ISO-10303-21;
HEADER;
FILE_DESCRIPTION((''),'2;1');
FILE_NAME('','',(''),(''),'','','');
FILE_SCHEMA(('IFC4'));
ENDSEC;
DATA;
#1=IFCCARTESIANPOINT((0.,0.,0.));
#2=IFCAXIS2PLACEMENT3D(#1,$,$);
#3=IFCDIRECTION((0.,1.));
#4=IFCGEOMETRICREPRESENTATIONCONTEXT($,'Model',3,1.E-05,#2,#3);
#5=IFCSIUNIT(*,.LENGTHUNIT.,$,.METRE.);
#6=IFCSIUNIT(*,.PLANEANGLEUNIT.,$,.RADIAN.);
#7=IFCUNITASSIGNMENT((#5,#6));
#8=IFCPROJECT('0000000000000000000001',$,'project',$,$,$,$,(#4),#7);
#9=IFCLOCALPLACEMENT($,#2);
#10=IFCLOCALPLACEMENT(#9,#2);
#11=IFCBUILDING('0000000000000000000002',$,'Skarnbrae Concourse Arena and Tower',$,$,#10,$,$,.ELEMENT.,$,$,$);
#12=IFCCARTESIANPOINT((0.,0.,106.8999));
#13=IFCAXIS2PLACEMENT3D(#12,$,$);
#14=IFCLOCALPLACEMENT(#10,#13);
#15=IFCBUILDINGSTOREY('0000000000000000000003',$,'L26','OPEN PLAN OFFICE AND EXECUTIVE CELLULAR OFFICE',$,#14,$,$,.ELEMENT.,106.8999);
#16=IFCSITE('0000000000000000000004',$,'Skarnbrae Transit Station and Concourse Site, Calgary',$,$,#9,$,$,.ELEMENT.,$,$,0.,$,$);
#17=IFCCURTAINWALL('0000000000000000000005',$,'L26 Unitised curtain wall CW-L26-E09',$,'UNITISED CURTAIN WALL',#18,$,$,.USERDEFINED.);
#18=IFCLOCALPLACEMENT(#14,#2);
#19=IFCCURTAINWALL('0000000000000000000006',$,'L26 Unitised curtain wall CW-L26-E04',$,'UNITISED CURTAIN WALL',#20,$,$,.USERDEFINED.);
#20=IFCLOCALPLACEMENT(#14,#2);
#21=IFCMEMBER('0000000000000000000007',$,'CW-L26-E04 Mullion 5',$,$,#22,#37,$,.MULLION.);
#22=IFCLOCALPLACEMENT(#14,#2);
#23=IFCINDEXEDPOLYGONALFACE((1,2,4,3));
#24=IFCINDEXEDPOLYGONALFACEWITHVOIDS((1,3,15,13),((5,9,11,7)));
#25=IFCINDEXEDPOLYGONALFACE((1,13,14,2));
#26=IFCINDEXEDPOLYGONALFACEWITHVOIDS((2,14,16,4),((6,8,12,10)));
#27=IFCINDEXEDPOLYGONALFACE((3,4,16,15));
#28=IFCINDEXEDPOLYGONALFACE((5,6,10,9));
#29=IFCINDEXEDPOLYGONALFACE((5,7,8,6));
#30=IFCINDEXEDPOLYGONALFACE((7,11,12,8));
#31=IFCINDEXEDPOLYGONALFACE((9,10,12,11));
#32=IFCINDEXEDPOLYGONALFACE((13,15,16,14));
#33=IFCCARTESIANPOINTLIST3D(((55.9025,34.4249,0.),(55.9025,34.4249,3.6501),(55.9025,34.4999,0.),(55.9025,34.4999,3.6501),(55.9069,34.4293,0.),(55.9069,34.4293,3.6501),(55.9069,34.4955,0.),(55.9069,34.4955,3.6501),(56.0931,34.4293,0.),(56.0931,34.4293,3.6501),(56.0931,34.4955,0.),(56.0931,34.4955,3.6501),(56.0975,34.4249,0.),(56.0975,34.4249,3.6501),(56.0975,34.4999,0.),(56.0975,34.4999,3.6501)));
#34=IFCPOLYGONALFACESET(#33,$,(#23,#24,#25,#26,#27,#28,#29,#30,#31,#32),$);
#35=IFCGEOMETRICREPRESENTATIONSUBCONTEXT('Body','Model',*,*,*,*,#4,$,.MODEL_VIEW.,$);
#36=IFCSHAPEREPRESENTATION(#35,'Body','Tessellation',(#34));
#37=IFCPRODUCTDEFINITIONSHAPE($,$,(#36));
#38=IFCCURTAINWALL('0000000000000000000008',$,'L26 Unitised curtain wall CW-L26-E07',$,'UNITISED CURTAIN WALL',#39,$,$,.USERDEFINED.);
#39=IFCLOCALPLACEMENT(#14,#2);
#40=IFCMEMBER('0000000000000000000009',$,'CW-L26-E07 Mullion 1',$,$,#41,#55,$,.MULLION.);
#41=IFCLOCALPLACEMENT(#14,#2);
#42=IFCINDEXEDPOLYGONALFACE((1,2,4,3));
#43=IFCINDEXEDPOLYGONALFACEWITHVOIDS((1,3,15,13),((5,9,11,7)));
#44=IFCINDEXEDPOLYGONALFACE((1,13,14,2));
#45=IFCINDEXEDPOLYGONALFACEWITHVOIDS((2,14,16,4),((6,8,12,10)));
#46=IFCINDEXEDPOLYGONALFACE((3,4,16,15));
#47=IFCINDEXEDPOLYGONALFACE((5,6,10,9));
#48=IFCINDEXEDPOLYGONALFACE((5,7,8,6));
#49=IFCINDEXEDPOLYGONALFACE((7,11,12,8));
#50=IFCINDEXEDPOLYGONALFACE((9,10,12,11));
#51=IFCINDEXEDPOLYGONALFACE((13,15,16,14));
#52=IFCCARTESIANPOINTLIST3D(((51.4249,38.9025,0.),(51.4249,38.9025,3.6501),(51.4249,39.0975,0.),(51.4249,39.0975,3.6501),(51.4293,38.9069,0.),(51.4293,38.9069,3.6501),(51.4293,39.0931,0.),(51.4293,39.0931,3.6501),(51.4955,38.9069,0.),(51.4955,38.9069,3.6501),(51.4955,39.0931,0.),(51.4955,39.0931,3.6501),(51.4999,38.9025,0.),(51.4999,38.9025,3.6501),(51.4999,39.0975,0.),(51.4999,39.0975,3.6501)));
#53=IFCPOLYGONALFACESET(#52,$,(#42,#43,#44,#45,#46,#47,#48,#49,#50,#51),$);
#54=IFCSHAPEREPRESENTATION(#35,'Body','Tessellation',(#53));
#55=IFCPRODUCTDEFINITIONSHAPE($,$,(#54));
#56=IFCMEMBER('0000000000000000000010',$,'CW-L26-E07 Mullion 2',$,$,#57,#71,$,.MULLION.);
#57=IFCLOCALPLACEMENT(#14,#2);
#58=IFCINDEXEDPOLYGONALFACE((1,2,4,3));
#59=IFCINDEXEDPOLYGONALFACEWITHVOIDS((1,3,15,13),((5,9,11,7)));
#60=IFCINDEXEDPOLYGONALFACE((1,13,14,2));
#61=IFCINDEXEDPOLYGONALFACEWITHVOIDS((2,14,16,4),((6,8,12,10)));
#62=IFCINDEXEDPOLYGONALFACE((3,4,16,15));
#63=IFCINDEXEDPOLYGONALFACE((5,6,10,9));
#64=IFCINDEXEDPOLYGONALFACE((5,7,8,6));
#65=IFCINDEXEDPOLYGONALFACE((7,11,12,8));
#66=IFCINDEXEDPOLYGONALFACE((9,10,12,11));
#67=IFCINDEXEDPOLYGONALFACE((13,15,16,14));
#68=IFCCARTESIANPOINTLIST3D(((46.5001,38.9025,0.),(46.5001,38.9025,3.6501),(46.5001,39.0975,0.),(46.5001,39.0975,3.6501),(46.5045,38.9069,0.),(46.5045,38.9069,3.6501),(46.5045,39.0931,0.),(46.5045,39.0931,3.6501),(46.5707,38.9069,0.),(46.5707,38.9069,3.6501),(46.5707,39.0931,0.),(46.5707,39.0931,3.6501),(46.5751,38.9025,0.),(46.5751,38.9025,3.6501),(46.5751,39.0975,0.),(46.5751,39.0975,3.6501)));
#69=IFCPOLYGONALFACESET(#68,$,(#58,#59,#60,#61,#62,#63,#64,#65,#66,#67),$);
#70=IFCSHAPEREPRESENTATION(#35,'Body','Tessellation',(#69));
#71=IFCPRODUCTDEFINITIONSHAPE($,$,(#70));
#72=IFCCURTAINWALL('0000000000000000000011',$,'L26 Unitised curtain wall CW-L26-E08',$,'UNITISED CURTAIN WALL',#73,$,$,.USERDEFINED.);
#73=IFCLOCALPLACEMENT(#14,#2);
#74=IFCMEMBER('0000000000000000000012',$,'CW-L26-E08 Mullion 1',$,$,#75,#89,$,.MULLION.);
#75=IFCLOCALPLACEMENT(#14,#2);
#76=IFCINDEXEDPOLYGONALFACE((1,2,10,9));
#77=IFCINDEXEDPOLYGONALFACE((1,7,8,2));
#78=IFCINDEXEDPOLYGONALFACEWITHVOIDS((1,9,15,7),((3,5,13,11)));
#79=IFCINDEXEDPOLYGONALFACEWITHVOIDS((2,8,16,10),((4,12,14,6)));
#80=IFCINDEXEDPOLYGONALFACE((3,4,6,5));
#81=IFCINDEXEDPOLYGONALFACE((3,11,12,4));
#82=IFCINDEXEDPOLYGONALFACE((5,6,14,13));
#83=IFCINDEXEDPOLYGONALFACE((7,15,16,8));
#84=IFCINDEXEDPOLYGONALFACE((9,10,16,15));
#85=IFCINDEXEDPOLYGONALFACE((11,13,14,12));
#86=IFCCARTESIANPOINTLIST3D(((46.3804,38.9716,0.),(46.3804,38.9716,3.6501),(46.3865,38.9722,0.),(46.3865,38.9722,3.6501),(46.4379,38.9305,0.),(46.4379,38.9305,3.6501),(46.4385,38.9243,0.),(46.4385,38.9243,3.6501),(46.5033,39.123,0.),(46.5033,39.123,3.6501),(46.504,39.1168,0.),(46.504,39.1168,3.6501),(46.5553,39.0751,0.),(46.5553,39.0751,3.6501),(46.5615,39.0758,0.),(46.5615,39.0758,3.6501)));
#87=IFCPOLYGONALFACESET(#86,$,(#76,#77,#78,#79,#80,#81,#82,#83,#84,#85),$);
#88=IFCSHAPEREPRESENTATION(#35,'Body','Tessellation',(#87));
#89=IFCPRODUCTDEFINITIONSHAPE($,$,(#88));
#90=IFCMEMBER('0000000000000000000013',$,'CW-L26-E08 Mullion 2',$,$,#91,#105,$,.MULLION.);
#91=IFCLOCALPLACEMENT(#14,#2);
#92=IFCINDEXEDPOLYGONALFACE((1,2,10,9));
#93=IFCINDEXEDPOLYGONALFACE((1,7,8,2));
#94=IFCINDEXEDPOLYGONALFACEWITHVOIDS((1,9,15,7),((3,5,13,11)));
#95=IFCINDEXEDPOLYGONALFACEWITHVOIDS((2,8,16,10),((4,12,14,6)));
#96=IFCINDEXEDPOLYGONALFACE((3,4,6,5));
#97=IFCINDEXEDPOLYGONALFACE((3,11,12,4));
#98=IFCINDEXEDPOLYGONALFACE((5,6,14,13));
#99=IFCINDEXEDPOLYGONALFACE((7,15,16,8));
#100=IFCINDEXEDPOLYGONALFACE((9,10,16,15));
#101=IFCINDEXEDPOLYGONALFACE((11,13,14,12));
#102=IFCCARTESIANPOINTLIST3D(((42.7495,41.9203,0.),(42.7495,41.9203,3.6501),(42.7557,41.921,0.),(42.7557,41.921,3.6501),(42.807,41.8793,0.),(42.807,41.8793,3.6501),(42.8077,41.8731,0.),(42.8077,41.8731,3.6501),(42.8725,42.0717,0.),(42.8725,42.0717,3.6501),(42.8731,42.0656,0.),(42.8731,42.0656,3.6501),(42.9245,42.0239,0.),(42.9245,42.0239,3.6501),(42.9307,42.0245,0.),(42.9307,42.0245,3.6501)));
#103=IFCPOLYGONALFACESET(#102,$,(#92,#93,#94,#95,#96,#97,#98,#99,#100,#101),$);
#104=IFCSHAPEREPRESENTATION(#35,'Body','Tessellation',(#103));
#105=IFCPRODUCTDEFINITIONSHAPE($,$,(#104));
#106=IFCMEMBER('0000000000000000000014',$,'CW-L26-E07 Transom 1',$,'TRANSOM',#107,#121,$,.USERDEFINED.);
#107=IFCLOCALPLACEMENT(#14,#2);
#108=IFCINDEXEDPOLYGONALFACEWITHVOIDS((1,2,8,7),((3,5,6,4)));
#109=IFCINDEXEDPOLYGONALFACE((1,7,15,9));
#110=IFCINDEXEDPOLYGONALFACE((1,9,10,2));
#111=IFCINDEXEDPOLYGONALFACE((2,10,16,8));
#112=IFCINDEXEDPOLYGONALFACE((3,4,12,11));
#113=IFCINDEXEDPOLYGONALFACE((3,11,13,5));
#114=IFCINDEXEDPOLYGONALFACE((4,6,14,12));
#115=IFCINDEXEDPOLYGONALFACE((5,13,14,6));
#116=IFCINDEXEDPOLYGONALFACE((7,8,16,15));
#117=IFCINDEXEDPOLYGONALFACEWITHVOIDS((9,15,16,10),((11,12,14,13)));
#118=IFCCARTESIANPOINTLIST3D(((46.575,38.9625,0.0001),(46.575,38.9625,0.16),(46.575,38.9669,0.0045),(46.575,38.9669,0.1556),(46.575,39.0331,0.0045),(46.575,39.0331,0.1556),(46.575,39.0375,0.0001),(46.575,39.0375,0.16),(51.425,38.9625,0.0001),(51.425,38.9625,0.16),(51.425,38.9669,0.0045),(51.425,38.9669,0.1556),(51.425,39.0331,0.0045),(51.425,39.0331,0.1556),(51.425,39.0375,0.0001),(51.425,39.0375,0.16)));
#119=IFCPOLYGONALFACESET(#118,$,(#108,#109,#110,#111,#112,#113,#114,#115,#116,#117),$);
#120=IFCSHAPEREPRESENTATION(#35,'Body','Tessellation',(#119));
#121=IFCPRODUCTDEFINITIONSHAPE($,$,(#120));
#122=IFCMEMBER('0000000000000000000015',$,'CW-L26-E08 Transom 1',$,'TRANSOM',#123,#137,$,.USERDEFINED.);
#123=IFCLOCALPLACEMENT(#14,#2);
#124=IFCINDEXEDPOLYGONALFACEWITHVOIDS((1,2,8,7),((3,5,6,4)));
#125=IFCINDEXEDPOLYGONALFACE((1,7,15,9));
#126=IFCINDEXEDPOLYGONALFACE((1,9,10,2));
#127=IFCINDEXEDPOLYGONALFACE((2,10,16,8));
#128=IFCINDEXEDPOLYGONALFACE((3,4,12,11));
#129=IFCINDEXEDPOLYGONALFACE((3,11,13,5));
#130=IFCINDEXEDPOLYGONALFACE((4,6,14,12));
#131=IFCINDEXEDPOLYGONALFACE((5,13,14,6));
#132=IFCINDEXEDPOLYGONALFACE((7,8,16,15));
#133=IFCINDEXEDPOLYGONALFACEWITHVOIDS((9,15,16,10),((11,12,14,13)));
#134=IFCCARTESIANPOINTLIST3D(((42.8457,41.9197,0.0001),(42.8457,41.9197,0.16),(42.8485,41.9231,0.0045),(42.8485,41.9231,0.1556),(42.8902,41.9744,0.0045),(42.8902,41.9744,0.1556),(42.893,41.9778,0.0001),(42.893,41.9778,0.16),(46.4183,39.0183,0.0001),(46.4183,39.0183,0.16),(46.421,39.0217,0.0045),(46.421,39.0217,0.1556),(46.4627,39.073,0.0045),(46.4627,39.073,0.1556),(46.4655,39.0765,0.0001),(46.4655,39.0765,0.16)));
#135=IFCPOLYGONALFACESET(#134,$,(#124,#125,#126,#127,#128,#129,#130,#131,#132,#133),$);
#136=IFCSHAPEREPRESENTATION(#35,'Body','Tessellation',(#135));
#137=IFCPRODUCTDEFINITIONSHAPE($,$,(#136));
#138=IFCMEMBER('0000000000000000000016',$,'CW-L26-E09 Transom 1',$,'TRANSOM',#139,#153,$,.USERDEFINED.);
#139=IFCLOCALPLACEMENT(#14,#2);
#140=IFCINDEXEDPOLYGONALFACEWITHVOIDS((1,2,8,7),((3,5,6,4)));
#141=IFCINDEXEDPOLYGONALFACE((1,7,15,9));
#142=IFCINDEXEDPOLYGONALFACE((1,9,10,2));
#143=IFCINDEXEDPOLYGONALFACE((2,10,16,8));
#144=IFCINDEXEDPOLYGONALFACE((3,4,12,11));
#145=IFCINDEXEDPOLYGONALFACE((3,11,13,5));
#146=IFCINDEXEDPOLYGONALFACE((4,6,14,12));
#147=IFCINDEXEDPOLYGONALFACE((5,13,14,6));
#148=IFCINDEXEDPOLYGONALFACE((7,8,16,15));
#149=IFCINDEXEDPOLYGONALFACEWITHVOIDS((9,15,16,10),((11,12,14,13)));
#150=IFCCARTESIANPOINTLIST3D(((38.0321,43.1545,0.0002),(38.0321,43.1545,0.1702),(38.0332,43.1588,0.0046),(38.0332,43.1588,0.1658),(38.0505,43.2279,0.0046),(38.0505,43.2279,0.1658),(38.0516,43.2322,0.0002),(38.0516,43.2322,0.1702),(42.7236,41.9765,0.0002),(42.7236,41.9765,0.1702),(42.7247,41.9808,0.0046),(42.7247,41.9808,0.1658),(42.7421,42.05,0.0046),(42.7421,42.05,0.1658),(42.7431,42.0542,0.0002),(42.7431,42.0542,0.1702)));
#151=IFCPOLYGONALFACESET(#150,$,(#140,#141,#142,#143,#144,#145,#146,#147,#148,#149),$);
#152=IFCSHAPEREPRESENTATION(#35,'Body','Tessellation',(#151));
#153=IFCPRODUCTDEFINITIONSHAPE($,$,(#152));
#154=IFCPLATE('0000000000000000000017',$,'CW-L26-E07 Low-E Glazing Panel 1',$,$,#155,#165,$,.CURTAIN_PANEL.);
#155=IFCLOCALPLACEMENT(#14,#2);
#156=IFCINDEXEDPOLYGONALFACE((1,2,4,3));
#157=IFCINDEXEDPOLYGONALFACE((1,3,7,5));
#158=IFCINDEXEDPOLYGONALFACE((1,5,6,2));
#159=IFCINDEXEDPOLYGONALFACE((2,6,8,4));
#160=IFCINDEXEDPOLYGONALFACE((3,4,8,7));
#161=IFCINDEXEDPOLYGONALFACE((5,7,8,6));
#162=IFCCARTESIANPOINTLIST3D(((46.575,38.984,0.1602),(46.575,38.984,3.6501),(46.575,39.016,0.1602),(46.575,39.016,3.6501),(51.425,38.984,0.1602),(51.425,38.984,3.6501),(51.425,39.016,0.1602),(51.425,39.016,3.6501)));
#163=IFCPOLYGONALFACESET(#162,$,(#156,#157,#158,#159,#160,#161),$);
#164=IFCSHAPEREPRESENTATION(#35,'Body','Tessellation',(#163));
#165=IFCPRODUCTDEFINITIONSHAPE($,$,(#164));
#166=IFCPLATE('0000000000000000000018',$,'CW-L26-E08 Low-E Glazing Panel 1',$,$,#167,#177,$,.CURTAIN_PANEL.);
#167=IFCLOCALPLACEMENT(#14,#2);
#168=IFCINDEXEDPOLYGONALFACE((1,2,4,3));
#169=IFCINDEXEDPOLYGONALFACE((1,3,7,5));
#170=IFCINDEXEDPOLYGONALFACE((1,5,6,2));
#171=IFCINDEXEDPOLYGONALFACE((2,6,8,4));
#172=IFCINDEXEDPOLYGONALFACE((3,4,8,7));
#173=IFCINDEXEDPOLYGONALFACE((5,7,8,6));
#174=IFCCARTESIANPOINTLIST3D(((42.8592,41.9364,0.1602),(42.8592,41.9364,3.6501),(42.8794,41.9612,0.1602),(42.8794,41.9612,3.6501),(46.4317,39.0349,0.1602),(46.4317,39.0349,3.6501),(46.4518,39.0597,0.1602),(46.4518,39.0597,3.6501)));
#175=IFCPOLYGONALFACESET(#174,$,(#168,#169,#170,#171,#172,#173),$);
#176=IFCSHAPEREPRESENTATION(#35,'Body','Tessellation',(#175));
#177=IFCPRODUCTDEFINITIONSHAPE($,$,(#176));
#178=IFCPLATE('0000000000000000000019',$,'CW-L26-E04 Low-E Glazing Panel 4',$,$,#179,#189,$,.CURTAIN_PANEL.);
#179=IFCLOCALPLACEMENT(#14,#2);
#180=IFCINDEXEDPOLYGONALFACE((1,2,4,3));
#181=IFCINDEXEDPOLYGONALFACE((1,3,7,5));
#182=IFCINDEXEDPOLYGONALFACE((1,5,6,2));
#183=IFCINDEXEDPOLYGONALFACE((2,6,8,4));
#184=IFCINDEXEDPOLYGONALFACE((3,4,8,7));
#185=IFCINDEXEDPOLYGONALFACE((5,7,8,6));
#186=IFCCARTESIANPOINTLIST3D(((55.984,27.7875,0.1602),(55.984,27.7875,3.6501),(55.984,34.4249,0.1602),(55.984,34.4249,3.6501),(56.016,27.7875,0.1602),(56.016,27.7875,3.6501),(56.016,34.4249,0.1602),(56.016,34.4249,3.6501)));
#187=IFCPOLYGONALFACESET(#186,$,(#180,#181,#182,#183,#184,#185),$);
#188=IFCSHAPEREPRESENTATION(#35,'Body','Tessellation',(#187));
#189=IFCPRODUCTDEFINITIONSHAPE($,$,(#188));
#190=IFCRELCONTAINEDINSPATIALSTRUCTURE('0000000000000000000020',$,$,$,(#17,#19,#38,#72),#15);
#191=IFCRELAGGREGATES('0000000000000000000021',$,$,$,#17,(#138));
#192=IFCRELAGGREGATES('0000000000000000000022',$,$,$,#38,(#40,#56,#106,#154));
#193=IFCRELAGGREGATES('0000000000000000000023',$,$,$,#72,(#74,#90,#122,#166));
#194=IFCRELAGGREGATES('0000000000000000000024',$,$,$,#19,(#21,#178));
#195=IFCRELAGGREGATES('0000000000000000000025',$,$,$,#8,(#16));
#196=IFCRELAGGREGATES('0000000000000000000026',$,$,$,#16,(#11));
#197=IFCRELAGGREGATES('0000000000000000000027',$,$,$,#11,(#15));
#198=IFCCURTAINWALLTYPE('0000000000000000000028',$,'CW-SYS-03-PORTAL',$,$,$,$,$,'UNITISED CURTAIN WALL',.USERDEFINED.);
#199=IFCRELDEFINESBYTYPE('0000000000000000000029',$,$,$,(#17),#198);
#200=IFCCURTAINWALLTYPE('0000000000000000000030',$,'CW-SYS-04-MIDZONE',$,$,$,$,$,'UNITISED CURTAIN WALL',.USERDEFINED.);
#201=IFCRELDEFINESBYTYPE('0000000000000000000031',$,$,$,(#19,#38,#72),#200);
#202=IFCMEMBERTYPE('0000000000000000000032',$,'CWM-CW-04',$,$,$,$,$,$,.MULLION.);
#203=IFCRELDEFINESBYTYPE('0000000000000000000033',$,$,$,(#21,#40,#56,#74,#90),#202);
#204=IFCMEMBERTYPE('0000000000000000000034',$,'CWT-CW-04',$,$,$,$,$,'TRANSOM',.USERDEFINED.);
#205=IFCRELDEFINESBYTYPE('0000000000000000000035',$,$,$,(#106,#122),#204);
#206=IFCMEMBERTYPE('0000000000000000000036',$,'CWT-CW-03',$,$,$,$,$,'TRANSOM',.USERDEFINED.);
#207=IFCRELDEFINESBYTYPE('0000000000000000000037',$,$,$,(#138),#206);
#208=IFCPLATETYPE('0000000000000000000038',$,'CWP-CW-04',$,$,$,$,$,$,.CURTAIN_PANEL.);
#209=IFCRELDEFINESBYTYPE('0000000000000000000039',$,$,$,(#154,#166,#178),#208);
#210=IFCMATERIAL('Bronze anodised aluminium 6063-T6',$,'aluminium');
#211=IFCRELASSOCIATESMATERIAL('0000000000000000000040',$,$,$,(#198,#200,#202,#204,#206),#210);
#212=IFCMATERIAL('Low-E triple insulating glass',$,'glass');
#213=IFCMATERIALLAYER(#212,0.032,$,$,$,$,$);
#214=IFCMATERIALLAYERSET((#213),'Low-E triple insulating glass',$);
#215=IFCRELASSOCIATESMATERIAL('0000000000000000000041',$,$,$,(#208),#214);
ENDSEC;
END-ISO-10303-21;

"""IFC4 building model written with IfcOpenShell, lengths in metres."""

from ifc_helpers import new_model, si_unit, direction, frame, origin, origin_2d, place, context, subcontext, project, spatial, rectangle, hollow_rectangle, extrude, source, transform, mapped, material, layer, layer_set, material_profile, profile_set, type_object, element, aggregate, save


model = new_model("IFC4")

# Units and contexts
model_context = context("Model", 3, precision=1e-05, world=origin(), true_north=direction((0.0, 1.0)))
body_context = subcontext(model_context, "Body", "Model", "MODEL_VIEW")
ifc_project = project(units=[si_unit("LENGTHUNIT", "METRE"), si_unit("PLANEANGLEUNIT", "RADIAN")], contexts=[model_context])

# Site, building, storey
site_placement = place(None, origin())
site = spatial("IfcSite", under=ifc_project, at=site_placement, Name="Skarnbrae Transit Station and Concourse Site, Calgary", CompositionType="ELEMENT", RefElevation=0.0)
building_placement = place(site_placement, origin())
building = spatial("IfcBuilding", under=site, at=building_placement, Name="Skarnbrae Concourse Arena and Tower", CompositionType="ELEMENT")
storey_placement = place(building_placement, frame((0.0, 0.0, 106.8999)))
storey = spatial("IfcBuildingStorey", under=building, at=storey_placement, Name="L26", Description="OPEN PLAN OFFICE AND EXECUTIVE CELLULAR OFFICE", CompositionType="ELEMENT", Elevation=106.8999)

# Curtain walls, member
ifc_material_1 = material(Name="Bronze anodised aluminium 6063-T6", Category="aluminium")
curtain_wall_type_1 = type_object("IfcCurtainWallType", Name="CW-SYS-03-PORTAL", ElementType="UNITISED CURTAIN WALL", PredefinedType="USERDEFINED", material=ifc_material_1)
curtain_wall_1_placement = place(storey_placement, origin())
curtain_wall_1 = element("IfcCurtainWall", 1, at=curtain_wall_1_placement, inside=storey, type_object=curtain_wall_type_1, Name="L26 Unitised curtain wall CW-L26-E09", ObjectType="UNITISED CURTAIN WALL", PredefinedType="USERDEFINED")
curtain_wall_type_2 = type_object("IfcCurtainWallType", Name="CW-SYS-04-MIDZONE", ElementType="UNITISED CURTAIN WALL", PredefinedType="USERDEFINED", material=ifc_material_1)
curtain_wall_2_placement = place(storey_placement, origin())
curtain_wall_2 = element("IfcCurtainWall", 2, at=curtain_wall_2_placement, inside=storey, type_object=curtain_wall_type_2, Name="L26 Unitised curtain wall CW-L26-E04", ObjectType="UNITISED CURTAIN WALL", PredefinedType="USERDEFINED")
ifc_material_profile_1 = material_profile(ifc_material_1, hollow_rectangle(XDim=0.075, YDim=0.1951, WallThickness=0.0044, at=origin_2d()), Name="ALU-MULL-75X195")
ifc_profile_set_1 = profile_set([ifc_material_profile_1], Name="Bronze anodised aluminium 6063-T6")
member_type_1 = type_object("IfcMemberType", Name="CWM-CW-04", PredefinedType="MULLION", material=ifc_profile_set_1)
shared_shape_1 = source(origin(), body_context, "Body", "SweptSolid", [
    extrude(hollow_rectangle(XDim=0.075, YDim=0.1951, WallThickness=0.0044, at=origin_2d()), origin(), (0.0, 0.0, 1.0), 3.6501),
])
member_1_placement = place(storey_placement, frame((56.0, 34.4624, 0.0), z_axis=(0.0, 0.0, 1.0), x_axis=(0.0, 1.0, 0.0)))
member_1 = element("IfcMember", 3, at=member_1_placement, type_object=member_type_1, Name="CW-L26-E04 Mullion 5", PredefinedType="MULLION", context=body_context, shape_type="MappedRepresentation", body=[
    mapped(shared_shape_1, transform((0.0, 0.0, 0.0))),
])

# Curtain walls, members
curtain_wall_3_placement = place(storey_placement, origin())
curtain_wall_3 = element("IfcCurtainWall", 4, at=curtain_wall_3_placement, inside=storey, type_object=curtain_wall_type_2, Name="L26 Unitised curtain wall CW-L26-E07", ObjectType="UNITISED CURTAIN WALL", PredefinedType="USERDEFINED")
member_2_placement = place(storey_placement, frame((51.4624, 39.0, 0.0), z_axis=(0.0, 0.0, 1.0), x_axis=(-1.0, 0.0, 0.0)))
member_2 = element("IfcMember", 5, at=member_2_placement, type_object=member_type_1, Name="CW-L26-E07 Mullion 1", PredefinedType="MULLION", context=body_context, shape_type="MappedRepresentation", body=[
    mapped(shared_shape_1, transform((0.0, 0.0, 0.0))),
])
member_3_placement = place(storey_placement, frame((46.5376, 39.0, 0.0), z_axis=(0.0, 0.0, 1.0), x_axis=(-1.0, 0.0, 0.0)))
member_3 = element("IfcMember", 6, at=member_3_placement, type_object=member_type_1, Name="CW-L26-E07 Mullion 2", PredefinedType="MULLION", context=body_context, shape_type="MappedRepresentation", body=[
    mapped(shared_shape_1, transform((0.0, 0.0, 0.0))),
])
curtain_wall_4_placement = place(storey_placement, origin())
curtain_wall_4 = element("IfcCurtainWall", 7, at=curtain_wall_4_placement, inside=storey, type_object=curtain_wall_type_2, Name="L26 Unitised curtain wall CW-L26-E08", ObjectType="UNITISED CURTAIN WALL", PredefinedType="USERDEFINED")
member_4_placement = place(storey_placement, frame((46.4709, 39.0237, 0.0), z_axis=(0.0, 0.0, 1.0), x_axis=(-0.776241, 0.630436, 0.0)))
member_4 = element("IfcMember", 8, at=member_4_placement, type_object=member_type_1, Name="CW-L26-E08 Mullion 1", PredefinedType="MULLION", context=body_context, shape_type="MappedRepresentation", body=[
    mapped(shared_shape_1, transform((0.0, 0.0, 0.0))),
])
member_5_placement = place(storey_placement, frame((42.8401, 41.9724, 0.0), z_axis=(0.0, 0.0, 1.0), x_axis=(-0.776241, 0.630436, 0.0)))
member_5 = element("IfcMember", 9, at=member_5_placement, type_object=member_type_1, Name="CW-L26-E08 Mullion 2", PredefinedType="MULLION", context=body_context, shape_type="MappedRepresentation", body=[
    mapped(shared_shape_1, transform((0.0, 0.0, 0.0))),
])

# Members
ifc_material_profile_2 = material_profile(ifc_material_1, hollow_rectangle(XDim=0.075, YDim=0.1599, WallThickness=0.0044, at=origin_2d()), Name="ALU-TRAN-75X160")
ifc_profile_set_2 = profile_set([ifc_material_profile_2], Name="Bronze anodised aluminium 6063-T6")
member_type_2 = type_object("IfcMemberType", Name="CWT-CW-04", ElementType="TRANSOM", PredefinedType="USERDEFINED", material=ifc_profile_set_2)
shared_shape_2 = source(origin(), body_context, "Body", "SweptSolid", [
    extrude(hollow_rectangle(XDim=0.075, YDim=0.1599, WallThickness=0.0044, at=origin_2d()), origin(), (0.0, 0.0, 1.0), 4.8501),
])
member_6_placement = place(storey_placement, frame((51.425, 39.0, 0.0801), z_axis=(-1.0, 0.0, 0.0), x_axis=(0.0, -1.0, 0.0)))
member_6 = element("IfcMember", 10, at=member_6_placement, type_object=member_type_2, Name="CW-L26-E07 Transom 1", ObjectType="TRANSOM", PredefinedType="USERDEFINED", context=body_context, shape_type="MappedRepresentation", body=[
    mapped(shared_shape_2, transform((0.0, 0.0, 0.0))),
])
shared_shape_3 = source(origin(), body_context, "Body", "SweptSolid", [
    extrude(hollow_rectangle(XDim=0.075, YDim=0.1599, WallThickness=0.0044, at=origin_2d()), origin(), (0.0, 0.0, 1.0), 4.6023),
])
member_7_placement = place(storey_placement, frame((46.4419, 39.0474, 0.0801), z_axis=(-0.776252, 0.630423, 0.0), x_axis=(-0.630423, -0.776252, 0.0)))
member_7 = element("IfcMember", 11, at=member_7_placement, type_object=member_type_2, Name="CW-L26-E08 Transom 1", ObjectType="TRANSOM", PredefinedType="USERDEFINED", context=body_context, shape_type="MappedRepresentation", body=[
    mapped(shared_shape_3, transform((0.0, 0.0, 0.0))),
])
ifc_material_profile_3 = material_profile(ifc_material_1, hollow_rectangle(XDim=0.0801, YDim=0.1699, WallThickness=0.0044, at=origin_2d()), Name="ALU-TRAN-80X170")
ifc_profile_set_3 = profile_set([ifc_material_profile_3], Name="Bronze anodised aluminium 6063-T6")
member_type_3 = type_object("IfcMemberType", Name="CWT-CW-03", ElementType="TRANSOM", PredefinedType="USERDEFINED", material=ifc_profile_set_3)
shared_shape_4 = source(origin(), body_context, "Body", "SweptSolid", [
    extrude(hollow_rectangle(XDim=0.0801, YDim=0.1699, WallThickness=0.0044, at=origin_2d()), origin(), (0.0, 0.0, 1.0), 4.8372),
])
member_8_placement = place(storey_placement, frame((42.7334, 42.0154, 0.0852), z_axis=(-0.969896, 0.243521, 0.0), x_axis=(-0.243521, -0.969896, 0.0)))
member_8 = element("IfcMember", 12, at=member_8_placement, type_object=member_type_3, Name="CW-L26-E09 Transom 1", ObjectType="TRANSOM", PredefinedType="USERDEFINED", context=body_context, shape_type="MappedRepresentation", body=[
    mapped(shared_shape_4, transform((0.0, 0.0, 0.0))),
])
aggregate(curtain_wall_1, [member_8])

# Plates
ifc_material_2 = material(Name="Low-E triple insulating glass", Category="glass")
ifc_layer_1 = layer(ifc_material_2, 0.032)
ifc_layer_set_1 = layer_set([ifc_layer_1], Name="Low-E triple insulating glass")
plate_type = type_object("IfcPlateType", Name="CWP-CW-04", PredefinedType="CURTAIN_PANEL", material=ifc_layer_set_1)
shared_shape_5 = source(origin(), body_context, "Body", "SweptSolid", [
    extrude(rectangle(XDim=4.8501, YDim=0.032, at=origin_2d()), origin(), (0.0, 0.0, 1.0), 3.49),
])
plate_1_placement = place(storey_placement, frame((49.0, 39.0, 0.1602), z_axis=(0.0, 0.0, 1.0), x_axis=(-1.0, 0.0, 0.0)))
plate_1 = element("IfcPlate", 13, at=plate_1_placement, type_object=plate_type, Name="CW-L26-E07 Low-E Glazing Panel 1", PredefinedType="CURTAIN_PANEL", context=body_context, shape_type="MappedRepresentation", body=[
    mapped(shared_shape_5, transform((0.0, 0.0, 0.0))),
])
aggregate(curtain_wall_3, [member_2, member_3, member_6, plate_1])
shared_shape_6 = source(origin(), body_context, "Body", "SweptSolid", [
    extrude(rectangle(XDim=4.6023, YDim=0.032, at=origin_2d()), origin(), (0.0, 0.0, 1.0), 3.49),
])
plate_2_placement = place(storey_placement, frame((44.6555, 40.498, 0.1602), z_axis=(0.0, 0.0, 1.0), x_axis=(-0.776241, 0.630436, 0.0)))
plate_2 = element("IfcPlate", 14, at=plate_2_placement, type_object=plate_type, Name="CW-L26-E08 Low-E Glazing Panel 1", PredefinedType="CURTAIN_PANEL", context=body_context, shape_type="MappedRepresentation", body=[
    mapped(shared_shape_6, transform((0.0, 0.0, 0.0))),
])
aggregate(curtain_wall_4, [member_4, member_5, member_7, plate_2])
shared_shape_7 = source(origin(), body_context, "Body", "SweptSolid", [
    extrude(rectangle(XDim=6.6375, YDim=0.032, at=origin_2d()), origin(), (0.0, 0.0, 1.0), 3.49),
])
plate_3_placement = place(storey_placement, frame((56.0, 31.1062, 0.1602), z_axis=(0.0, 0.0, 1.0), x_axis=(0.0, 1.0, 0.0)))
plate_3 = element("IfcPlate", 15, at=plate_3_placement, type_object=plate_type, Name="CW-L26-E04 Low-E Glazing Panel 4", PredefinedType="CURTAIN_PANEL", context=body_context, shape_type="MappedRepresentation", body=[
    mapped(shared_shape_7, transform((0.0, 0.0, 0.0))),
])
aggregate(curtain_wall_2, [member_1, plate_3])

save(model, "model.ifc")
